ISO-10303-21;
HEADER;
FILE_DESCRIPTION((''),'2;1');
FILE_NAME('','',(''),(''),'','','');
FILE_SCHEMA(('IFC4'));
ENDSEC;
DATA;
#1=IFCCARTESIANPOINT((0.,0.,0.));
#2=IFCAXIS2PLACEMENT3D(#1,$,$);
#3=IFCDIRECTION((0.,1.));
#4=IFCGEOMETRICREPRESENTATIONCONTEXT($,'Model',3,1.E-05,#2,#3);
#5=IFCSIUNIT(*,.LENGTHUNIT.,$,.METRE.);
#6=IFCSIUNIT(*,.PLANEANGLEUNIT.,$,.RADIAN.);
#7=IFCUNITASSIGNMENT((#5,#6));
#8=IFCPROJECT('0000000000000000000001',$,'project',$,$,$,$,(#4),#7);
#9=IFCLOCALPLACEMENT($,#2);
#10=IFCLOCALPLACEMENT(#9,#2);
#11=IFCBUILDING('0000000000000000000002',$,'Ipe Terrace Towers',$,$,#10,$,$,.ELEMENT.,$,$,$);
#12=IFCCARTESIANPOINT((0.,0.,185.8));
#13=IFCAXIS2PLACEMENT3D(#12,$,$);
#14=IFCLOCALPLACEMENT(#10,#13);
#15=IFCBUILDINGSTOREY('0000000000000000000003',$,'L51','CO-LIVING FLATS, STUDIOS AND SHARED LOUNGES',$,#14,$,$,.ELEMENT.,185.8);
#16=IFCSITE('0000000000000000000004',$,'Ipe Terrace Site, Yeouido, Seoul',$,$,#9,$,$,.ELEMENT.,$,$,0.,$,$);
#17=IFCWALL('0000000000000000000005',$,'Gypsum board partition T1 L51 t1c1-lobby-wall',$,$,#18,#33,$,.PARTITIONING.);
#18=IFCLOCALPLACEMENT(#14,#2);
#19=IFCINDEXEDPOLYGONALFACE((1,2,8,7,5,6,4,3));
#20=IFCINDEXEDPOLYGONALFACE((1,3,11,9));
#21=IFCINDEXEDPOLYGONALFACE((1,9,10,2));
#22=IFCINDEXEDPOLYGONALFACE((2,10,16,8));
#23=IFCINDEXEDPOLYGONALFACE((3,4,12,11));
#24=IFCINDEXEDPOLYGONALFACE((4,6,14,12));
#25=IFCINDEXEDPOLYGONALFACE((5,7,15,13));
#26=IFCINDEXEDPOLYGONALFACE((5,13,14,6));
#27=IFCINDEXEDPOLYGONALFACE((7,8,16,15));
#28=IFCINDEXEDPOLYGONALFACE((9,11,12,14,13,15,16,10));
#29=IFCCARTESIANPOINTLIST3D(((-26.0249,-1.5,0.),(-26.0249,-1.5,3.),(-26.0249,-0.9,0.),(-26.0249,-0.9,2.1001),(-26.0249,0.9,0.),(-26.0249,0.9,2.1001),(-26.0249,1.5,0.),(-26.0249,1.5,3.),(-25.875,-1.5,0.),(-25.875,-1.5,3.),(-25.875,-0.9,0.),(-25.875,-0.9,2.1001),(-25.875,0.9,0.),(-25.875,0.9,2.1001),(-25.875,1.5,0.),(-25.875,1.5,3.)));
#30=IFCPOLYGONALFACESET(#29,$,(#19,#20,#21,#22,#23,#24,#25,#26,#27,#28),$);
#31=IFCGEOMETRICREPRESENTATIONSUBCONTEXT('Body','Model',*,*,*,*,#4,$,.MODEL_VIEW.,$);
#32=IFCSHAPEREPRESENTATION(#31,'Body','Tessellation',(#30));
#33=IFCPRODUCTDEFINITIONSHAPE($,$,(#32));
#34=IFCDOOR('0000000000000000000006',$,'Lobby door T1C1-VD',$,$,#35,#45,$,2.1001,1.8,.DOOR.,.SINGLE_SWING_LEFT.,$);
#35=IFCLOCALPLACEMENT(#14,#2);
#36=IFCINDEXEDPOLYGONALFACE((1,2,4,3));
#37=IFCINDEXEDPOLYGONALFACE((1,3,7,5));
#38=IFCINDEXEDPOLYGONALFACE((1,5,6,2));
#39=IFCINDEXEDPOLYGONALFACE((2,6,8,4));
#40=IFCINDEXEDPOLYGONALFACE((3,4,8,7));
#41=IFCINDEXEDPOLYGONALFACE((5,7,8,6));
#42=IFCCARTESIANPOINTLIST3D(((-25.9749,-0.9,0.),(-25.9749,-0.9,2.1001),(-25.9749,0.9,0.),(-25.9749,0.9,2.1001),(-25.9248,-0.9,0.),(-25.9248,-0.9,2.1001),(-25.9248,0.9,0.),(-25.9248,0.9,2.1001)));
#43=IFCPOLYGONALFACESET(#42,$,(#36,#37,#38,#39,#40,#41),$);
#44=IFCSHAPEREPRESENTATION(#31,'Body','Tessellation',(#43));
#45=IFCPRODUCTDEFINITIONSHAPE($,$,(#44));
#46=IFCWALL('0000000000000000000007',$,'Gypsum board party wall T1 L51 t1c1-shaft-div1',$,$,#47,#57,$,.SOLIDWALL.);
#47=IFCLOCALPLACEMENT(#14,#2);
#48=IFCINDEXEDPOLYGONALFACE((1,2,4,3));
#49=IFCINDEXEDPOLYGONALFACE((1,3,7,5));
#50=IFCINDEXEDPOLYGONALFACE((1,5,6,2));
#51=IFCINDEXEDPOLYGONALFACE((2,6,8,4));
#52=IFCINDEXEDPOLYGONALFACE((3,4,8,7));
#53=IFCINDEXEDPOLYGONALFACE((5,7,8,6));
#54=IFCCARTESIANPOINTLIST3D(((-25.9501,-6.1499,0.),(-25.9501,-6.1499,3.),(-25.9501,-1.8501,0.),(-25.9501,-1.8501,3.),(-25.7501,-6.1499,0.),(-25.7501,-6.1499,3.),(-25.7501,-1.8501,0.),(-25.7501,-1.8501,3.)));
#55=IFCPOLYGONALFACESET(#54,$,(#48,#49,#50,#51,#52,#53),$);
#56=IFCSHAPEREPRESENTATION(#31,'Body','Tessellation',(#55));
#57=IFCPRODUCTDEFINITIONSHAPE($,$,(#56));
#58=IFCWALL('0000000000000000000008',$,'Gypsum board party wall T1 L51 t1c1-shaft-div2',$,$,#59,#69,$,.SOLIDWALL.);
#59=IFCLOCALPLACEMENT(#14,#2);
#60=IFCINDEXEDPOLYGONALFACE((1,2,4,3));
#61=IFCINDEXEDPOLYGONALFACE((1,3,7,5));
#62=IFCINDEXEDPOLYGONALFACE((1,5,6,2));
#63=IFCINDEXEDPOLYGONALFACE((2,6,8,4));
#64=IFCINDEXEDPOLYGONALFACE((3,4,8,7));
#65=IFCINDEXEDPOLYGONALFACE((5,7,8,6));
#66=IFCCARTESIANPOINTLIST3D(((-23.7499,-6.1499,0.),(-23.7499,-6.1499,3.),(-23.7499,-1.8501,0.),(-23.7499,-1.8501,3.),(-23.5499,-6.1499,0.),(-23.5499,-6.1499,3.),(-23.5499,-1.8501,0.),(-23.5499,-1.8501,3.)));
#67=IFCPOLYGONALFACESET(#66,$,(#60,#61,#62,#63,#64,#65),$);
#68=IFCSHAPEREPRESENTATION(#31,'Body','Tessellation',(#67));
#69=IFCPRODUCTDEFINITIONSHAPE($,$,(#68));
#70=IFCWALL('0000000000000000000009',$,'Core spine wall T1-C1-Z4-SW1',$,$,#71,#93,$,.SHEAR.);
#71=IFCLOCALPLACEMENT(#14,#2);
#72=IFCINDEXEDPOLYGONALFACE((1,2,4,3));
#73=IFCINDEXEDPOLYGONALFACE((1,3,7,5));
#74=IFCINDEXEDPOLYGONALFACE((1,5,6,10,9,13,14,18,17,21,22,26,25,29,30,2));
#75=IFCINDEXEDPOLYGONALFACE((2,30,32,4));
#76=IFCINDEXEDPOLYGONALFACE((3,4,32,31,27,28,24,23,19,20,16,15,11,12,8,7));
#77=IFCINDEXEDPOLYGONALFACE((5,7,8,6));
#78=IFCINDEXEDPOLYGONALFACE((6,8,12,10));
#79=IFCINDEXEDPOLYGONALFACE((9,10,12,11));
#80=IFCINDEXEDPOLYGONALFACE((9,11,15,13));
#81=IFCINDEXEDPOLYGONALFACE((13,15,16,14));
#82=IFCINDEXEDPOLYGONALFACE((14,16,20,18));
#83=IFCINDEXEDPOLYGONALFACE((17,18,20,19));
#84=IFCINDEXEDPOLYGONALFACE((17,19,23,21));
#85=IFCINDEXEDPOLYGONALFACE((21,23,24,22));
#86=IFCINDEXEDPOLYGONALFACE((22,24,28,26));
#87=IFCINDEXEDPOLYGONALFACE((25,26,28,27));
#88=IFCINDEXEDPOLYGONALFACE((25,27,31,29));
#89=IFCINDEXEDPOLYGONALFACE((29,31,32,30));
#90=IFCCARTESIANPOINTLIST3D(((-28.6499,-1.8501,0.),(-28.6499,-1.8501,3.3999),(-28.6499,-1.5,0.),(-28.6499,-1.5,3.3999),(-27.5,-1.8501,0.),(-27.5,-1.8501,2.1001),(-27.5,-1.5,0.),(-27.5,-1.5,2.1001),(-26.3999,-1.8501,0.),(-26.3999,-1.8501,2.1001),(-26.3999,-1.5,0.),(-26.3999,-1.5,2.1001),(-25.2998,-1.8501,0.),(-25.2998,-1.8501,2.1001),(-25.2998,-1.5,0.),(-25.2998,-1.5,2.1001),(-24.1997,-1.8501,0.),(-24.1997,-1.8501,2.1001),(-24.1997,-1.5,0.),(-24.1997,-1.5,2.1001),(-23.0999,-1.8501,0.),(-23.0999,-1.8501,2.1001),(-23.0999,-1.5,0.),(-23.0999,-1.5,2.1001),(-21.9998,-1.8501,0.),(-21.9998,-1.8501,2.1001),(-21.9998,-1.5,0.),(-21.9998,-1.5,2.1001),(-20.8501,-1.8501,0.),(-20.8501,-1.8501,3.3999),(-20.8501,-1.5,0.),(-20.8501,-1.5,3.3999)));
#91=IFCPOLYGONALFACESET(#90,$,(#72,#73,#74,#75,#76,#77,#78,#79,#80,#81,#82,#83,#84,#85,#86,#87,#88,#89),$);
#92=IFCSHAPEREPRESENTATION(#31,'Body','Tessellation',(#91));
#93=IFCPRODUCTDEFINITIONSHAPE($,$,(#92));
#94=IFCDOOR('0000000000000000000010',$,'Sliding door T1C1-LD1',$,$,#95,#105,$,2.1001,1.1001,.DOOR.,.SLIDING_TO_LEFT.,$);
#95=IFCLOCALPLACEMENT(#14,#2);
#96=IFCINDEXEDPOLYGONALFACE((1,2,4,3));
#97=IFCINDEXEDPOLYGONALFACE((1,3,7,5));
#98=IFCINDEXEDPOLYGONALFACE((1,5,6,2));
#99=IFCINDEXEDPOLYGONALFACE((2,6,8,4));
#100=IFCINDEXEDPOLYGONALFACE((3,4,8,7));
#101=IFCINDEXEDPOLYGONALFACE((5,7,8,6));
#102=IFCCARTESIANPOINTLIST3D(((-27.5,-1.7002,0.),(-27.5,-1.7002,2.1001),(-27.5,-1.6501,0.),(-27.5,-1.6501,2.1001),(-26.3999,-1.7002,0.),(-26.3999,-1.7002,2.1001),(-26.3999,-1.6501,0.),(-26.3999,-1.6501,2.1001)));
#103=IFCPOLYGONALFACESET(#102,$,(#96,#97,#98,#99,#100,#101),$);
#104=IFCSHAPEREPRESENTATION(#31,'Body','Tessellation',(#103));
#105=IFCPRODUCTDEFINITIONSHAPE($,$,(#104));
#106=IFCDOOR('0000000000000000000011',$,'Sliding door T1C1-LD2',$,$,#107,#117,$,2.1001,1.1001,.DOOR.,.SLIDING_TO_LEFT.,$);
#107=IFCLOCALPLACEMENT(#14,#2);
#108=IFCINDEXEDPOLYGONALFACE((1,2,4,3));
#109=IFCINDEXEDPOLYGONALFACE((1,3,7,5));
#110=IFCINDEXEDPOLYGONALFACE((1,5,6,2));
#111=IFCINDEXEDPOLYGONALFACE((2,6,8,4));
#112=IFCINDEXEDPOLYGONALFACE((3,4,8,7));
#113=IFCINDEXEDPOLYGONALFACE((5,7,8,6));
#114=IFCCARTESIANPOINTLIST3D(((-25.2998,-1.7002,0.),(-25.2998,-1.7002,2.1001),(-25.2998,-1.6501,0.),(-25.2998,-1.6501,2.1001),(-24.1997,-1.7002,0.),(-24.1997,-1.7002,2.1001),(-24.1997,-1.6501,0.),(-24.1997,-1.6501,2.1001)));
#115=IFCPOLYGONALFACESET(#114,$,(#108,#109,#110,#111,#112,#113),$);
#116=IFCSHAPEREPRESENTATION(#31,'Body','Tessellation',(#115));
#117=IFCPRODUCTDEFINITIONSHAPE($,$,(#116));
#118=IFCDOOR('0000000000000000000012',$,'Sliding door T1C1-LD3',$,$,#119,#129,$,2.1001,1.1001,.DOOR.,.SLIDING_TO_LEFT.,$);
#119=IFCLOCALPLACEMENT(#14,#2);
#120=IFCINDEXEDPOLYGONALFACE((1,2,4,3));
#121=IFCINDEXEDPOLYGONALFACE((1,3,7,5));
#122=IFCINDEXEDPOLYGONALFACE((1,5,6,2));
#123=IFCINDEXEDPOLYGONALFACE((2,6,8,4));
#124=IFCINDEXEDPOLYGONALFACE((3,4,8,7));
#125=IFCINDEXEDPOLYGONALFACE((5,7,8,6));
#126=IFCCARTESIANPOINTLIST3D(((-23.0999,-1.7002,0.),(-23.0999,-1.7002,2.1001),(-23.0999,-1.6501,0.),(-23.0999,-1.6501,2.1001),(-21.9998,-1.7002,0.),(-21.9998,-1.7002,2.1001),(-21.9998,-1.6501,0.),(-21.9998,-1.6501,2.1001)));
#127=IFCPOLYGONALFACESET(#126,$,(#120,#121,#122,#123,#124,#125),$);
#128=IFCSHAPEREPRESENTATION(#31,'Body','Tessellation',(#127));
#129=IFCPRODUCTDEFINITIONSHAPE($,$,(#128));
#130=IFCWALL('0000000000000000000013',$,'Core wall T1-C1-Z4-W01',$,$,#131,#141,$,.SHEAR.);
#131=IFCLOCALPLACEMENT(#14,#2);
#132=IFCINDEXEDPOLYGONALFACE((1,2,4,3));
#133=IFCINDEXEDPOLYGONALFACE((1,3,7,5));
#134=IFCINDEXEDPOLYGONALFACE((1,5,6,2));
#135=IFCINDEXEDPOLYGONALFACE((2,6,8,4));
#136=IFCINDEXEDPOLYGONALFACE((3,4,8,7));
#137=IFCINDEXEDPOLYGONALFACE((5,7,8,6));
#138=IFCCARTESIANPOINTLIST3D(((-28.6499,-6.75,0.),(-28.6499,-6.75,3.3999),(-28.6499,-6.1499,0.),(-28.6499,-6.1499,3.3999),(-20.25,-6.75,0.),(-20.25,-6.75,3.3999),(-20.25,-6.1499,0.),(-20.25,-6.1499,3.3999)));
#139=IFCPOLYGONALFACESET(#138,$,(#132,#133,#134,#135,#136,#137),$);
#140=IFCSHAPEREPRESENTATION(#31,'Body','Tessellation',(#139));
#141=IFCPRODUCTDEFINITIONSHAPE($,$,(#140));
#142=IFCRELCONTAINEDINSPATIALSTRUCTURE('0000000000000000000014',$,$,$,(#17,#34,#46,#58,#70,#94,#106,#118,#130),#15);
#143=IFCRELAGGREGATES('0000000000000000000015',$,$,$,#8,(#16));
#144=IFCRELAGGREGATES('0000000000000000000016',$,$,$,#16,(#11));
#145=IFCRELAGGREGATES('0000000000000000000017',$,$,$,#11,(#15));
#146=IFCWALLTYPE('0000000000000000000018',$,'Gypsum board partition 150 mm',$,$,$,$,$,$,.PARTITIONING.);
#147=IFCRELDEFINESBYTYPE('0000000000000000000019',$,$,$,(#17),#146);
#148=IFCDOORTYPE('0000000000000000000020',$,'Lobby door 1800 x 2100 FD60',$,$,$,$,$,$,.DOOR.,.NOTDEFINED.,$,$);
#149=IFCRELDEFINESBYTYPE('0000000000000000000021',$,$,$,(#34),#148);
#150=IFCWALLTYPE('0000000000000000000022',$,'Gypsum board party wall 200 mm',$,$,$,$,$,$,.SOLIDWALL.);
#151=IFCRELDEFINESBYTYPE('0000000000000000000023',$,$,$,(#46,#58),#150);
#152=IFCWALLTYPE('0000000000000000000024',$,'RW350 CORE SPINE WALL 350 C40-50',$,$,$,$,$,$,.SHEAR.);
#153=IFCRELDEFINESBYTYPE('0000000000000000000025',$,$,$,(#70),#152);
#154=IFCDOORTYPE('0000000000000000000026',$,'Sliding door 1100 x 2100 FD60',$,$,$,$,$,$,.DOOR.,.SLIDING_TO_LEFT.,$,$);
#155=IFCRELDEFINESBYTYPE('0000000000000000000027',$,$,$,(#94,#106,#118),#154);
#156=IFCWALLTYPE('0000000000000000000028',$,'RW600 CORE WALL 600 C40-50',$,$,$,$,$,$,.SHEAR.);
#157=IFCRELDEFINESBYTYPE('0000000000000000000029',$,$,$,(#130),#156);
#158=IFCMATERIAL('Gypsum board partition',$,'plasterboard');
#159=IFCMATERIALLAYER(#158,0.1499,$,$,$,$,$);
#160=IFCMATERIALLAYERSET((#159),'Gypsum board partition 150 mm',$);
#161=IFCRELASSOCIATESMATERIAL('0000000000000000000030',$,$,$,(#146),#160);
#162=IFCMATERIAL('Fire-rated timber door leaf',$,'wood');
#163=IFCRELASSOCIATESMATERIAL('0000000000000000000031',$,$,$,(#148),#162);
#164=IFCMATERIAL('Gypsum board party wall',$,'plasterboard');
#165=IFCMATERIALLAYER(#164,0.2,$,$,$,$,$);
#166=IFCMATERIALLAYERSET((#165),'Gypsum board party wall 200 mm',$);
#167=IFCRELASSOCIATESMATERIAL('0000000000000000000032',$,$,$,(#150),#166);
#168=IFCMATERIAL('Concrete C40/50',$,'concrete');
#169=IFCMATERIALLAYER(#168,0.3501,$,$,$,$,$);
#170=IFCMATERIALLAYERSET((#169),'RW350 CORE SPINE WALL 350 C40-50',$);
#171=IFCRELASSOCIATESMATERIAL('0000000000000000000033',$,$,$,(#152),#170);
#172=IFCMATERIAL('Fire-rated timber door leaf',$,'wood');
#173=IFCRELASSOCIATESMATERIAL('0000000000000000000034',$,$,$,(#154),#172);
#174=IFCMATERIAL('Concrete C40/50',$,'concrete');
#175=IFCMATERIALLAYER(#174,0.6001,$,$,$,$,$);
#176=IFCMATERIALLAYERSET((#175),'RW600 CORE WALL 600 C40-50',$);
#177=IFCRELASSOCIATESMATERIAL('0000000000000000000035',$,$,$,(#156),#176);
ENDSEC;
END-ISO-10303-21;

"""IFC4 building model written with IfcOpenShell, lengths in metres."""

from ifc_helpers import new_model, si_unit, direction, frame, frame_2d, origin, place, context, subcontext, project, spatial, rectangle, extrude, material, layer, layer_set, type_object, element, fill, save


model = new_model("IFC4")

# Units and contexts
model_context = context("Model", 3, precision=1e-05, world=origin(), true_north=direction((0.0, 1.0)))
body_context = subcontext(model_context, "Body", "Model", "MODEL_VIEW")
ifc_project = project(units=[si_unit("LENGTHUNIT", "METRE"), si_unit("PLANEANGLEUNIT", "RADIAN")], contexts=[model_context])

# Site, building, storey
site_placement = place(None, origin())
site = spatial("IfcSite", under=ifc_project, at=site_placement, Name="Ipe Terrace Site, Yeouido, Seoul", CompositionType="ELEMENT", RefElevation=0.0)
building_placement = place(site_placement, origin())
building = spatial("IfcBuilding", under=site, at=building_placement, Name="Ipe Terrace Towers", CompositionType="ELEMENT")
storey_placement = place(building_placement, frame((0.0, 0.0, 185.8)))
storey = spatial("IfcBuildingStorey", under=building, at=storey_placement, Name="L51", Description="CO-LIVING FLATS, STUDIOS AND SHARED LOUNGES", CompositionType="ELEMENT", Elevation=185.8)

# Wall, opening, door
ifc_material_1 = material(Name="Gypsum board partition", Category="plasterboard")
ifc_layer_1 = layer(ifc_material_1, 0.1499)
ifc_layer_set_1 = layer_set([ifc_layer_1], Name="Gypsum board partition 150 mm")
wall_type_1 = type_object("IfcWallType", Name="Gypsum board partition 150 mm", PredefinedType="PARTITIONING", material=ifc_layer_set_1)
wall_1_placement = place(storey_placement, frame((-25.95, -1.5, 0.0), z_axis=(0.0, 0.0, 1.0), x_axis=(0.0, 1.0, 0.0)))
wall_1 = element("IfcWall", 1, at=wall_1_placement, inside=storey, type_object=wall_type_1, Name="Gypsum board partition T1 L51 t1c1-lobby-wall", PredefinedType="PARTITIONING", context=body_context, shape_type="SweptSolid", body=[
    extrude(rectangle(XDim=3.0, YDim=0.1499, at=frame_2d((1.5, 0.0))), origin(), (0.0, 0.0, 1.0), 3.0),
])
opening_1_placement = place(wall_1_placement, frame((0.6001, 0.0, 0.0)))
opening_1 = element("IfcOpeningElement", 2, at=opening_1_placement, cuts=wall_1, PredefinedType="OPENING", context=body_context, shape_type="SweptSolid", body=[
    extrude(rectangle(XDim=1.8, YDim=2.1001, at=frame_2d((0.8999, 1.05))), frame((0.0, 0.085, 0.0), z_axis=(0.0, -1.0, 0.0), x_axis=(1.0, 0.0, 0.0)), (0.0, 0.0, 1.0), 0.1699),
])
ifc_material_2 = material(Name="Fire-rated timber door leaf", Category="wood")
door_type_1 = type_object("IfcDoorType", Name="Lobby door 1800 x 2100 FD60", OperationType="NOTDEFINED", PredefinedType="DOOR", material=ifc_material_2)
door_1_placement = place(opening_1_placement, origin())
door_1 = element("IfcDoor", 3, at=door_1_placement, inside=storey, type_object=door_type_1, Name="Lobby door T1C1-VD", OperationType="SINGLE_SWING_LEFT", OverallHeight=2.1001, OverallWidth=1.8, PredefinedType="DOOR", context=body_context, shape_type="SweptSolid", body=[
    extrude(rectangle(XDim=1.8, YDim=2.1001, at=frame_2d((0.8999, 1.05))), frame((0.0, 0.0249, 0.0), z_axis=(0.0, -1.0, 0.0), x_axis=(1.0, 0.0, 0.0)), (0.0, 0.0, 1.0), 0.05),
])
fill(opening_1, door_1)

# Walls
ifc_material_3 = material(Name="Gypsum board party wall", Category="plasterboard")
ifc_layer_2 = layer(ifc_material_3, 0.2)
ifc_layer_set_2 = layer_set([ifc_layer_2], Name="Gypsum board party wall 200 mm")
wall_type_2 = type_object("IfcWallType", Name="Gypsum board party wall 200 mm", PredefinedType="SOLIDWALL", material=ifc_layer_set_2)
for number, where, z_axis, x_axis, name in (
    (4, (-25.8501, -6.1499, 0.0), (0.0, 0.0, 1.0), (0.0, 1.0, 0.0), "Gypsum board party wall T1 L51 t1c1-shaft-div1"),
    (5, (-23.6499, -6.1499, 0.0), (0.0, 0.0, 1.0), (0.0, 1.0, 0.0), "Gypsum board party wall T1 L51 t1c1-shaft-div2"),
):
    element("IfcWall", number, at=place(storey_placement, frame(where, z_axis=z_axis, x_axis=x_axis)), inside=storey, type_object=wall_type_2, Name=name, PredefinedType="SOLIDWALL", context=body_context, shape_type="SweptSolid", body=[
        extrude(rectangle(XDim=4.2998, YDim=0.2, at=frame_2d((2.1499, 0.0))), origin(), (0.0, 0.0, 1.0), 3.0),
    ])

# Wall, openings, doors
ifc_material_4 = material(Name="Concrete C40/50", Category="concrete")
ifc_layer_3 = layer(ifc_material_4, 0.3501)
ifc_layer_set_3 = layer_set([ifc_layer_3], Name="RW350 CORE SPINE WALL 350 C40-50")
wall_type_3 = type_object("IfcWallType", Name="RW350 CORE SPINE WALL 350 C40-50", PredefinedType="SHEAR", material=ifc_layer_set_3)
wall_2_placement = place(storey_placement, frame((-28.6499, -1.675, 0.0), z_axis=(0.0, 0.0, 1.0), x_axis=(1.0, 0.0, 0.0)))
wall_2 = element("IfcWall", 6, at=wall_2_placement, inside=storey, type_object=wall_type_3, Name="Core spine wall T1-C1-Z4-SW1", PredefinedType="SHEAR", context=body_context, shape_type="SweptSolid", body=[
    extrude(rectangle(XDim=7.7998, YDim=0.3501, at=frame_2d((3.8999, 0.0))), origin(), (0.0, 0.0, 1.0), 3.3999),
])
opening_2_placement = place(wall_2_placement, frame((1.1499, 0.0, 0.0)))
opening_2 = element("IfcOpeningElement", 7, at=opening_2_placement, cuts=wall_2, PredefinedType="OPENING", context=body_context, shape_type="SweptSolid", body=[
    extrude(rectangle(XDim=1.1001, YDim=2.1001, at=frame_2d((0.55, 1.05))), frame((0.0, 0.1851, 0.0), z_axis=(0.0, -1.0, 0.0), x_axis=(1.0, 0.0, 0.0)), (0.0, 0.0, 1.0), 0.3701),
])
opening_3_placement = place(wall_2_placement, frame((3.3501, 0.0, 0.0)))
opening_3 = element("IfcOpeningElement", 8, at=opening_3_placement, cuts=wall_2, PredefinedType="OPENING", context=body_context, shape_type="SweptSolid", body=[
    extrude(rectangle(XDim=1.1001, YDim=2.1001, at=frame_2d((0.55, 1.05))), frame((0.0, 0.1851, 0.0), z_axis=(0.0, -1.0, 0.0), x_axis=(1.0, 0.0, 0.0)), (0.0, 0.0, 1.0), 0.3701),
])
opening_4_placement = place(wall_2_placement, frame((5.55, 0.0, 0.0)))
opening_4 = element("IfcOpeningElement", 9, at=opening_4_placement, cuts=wall_2, PredefinedType="OPENING", context=body_context, shape_type="SweptSolid", body=[
    extrude(rectangle(XDim=1.1001, YDim=2.1001, at=frame_2d((0.55, 1.05))), frame((0.0, 0.1851, 0.0), z_axis=(0.0, -1.0, 0.0), x_axis=(1.0, 0.0, 0.0)), (0.0, 0.0, 1.0), 0.3701),
])
ifc_material_5 = material(Name="Fire-rated timber door leaf", Category="wood")
door_type_2 = type_object("IfcDoorType", Name="Sliding door 1100 x 2100 FD60", OperationType="SLIDING_TO_LEFT", PredefinedType="DOOR", material=ifc_material_5)
door_2_placement = place(opening_2_placement, origin())
door_2 = element("IfcDoor", 10, at=door_2_placement, inside=storey, type_object=door_type_2, Name="Sliding door T1C1-LD1", OperationType="SLIDING_TO_LEFT", OverallHeight=2.1001, OverallWidth=1.1001, PredefinedType="DOOR", context=body_context, shape_type="SweptSolid", body=[
    extrude(rectangle(XDim=1.1001, YDim=2.1001, at=frame_2d((0.55, 1.05))), frame((0.0, 0.0249, 0.0), z_axis=(0.0, -1.0, 0.0), x_axis=(1.0, 0.0, 0.0)), (0.0, 0.0, 1.0), 0.05),
])
fill(opening_2, door_2)
door_3_placement = place(opening_3_placement, origin())
door_3 = element("IfcDoor", 11, at=door_3_placement, inside=storey, type_object=door_type_2, Name="Sliding door T1C1-LD2", OperationType="SLIDING_TO_LEFT", OverallHeight=2.1001, OverallWidth=1.1001, PredefinedType="DOOR", context=body_context, shape_type="SweptSolid", body=[
    extrude(rectangle(XDim=1.1001, YDim=2.1001, at=frame_2d((0.55, 1.05))), frame((0.0, 0.0249, 0.0), z_axis=(0.0, -1.0, 0.0), x_axis=(1.0, 0.0, 0.0)), (0.0, 0.0, 1.0), 0.05),
])
fill(opening_3, door_3)
door_4_placement = place(opening_4_placement, origin())
door_4 = element("IfcDoor", 12, at=door_4_placement, inside=storey, type_object=door_type_2, Name="Sliding door T1C1-LD3", OperationType="SLIDING_TO_LEFT", OverallHeight=2.1001, OverallWidth=1.1001, PredefinedType="DOOR", context=body_context, shape_type="SweptSolid", body=[
    extrude(rectangle(XDim=1.1001, YDim=2.1001, at=frame_2d((0.55, 1.05))), frame((0.0, 0.0249, 0.0), z_axis=(0.0, -1.0, 0.0), x_axis=(1.0, 0.0, 0.0)), (0.0, 0.0, 1.0), 0.05),
])
fill(opening_4, door_4)

# Wall
ifc_material_6 = material(Name="Concrete C40/50", Category="concrete")
ifc_layer_4 = layer(ifc_material_6, 0.6001)
ifc_layer_set_4 = layer_set([ifc_layer_4], Name="RW600 CORE WALL 600 C40-50")
wall_type_4 = type_object("IfcWallType", Name="RW600 CORE WALL 600 C40-50", PredefinedType="SHEAR", material=ifc_layer_set_4)
wall_3_placement = place(storey_placement, frame((-28.6499, -6.45, 0.0), z_axis=(0.0, 0.0, 1.0), x_axis=(1.0, 0.0, 0.0)))
element("IfcWall", 13, at=wall_3_placement, inside=storey, type_object=wall_type_4, Name="Core wall T1-C1-Z4-W01", PredefinedType="SHEAR", context=body_context, shape_type="SweptSolid", body=[
    extrude(rectangle(XDim=8.3999, YDim=0.6001, at=frame_2d((4.2, 0.0))), origin(), (0.0, 0.0, 1.0), 3.3999),
])

save(model, "model.ifc")
